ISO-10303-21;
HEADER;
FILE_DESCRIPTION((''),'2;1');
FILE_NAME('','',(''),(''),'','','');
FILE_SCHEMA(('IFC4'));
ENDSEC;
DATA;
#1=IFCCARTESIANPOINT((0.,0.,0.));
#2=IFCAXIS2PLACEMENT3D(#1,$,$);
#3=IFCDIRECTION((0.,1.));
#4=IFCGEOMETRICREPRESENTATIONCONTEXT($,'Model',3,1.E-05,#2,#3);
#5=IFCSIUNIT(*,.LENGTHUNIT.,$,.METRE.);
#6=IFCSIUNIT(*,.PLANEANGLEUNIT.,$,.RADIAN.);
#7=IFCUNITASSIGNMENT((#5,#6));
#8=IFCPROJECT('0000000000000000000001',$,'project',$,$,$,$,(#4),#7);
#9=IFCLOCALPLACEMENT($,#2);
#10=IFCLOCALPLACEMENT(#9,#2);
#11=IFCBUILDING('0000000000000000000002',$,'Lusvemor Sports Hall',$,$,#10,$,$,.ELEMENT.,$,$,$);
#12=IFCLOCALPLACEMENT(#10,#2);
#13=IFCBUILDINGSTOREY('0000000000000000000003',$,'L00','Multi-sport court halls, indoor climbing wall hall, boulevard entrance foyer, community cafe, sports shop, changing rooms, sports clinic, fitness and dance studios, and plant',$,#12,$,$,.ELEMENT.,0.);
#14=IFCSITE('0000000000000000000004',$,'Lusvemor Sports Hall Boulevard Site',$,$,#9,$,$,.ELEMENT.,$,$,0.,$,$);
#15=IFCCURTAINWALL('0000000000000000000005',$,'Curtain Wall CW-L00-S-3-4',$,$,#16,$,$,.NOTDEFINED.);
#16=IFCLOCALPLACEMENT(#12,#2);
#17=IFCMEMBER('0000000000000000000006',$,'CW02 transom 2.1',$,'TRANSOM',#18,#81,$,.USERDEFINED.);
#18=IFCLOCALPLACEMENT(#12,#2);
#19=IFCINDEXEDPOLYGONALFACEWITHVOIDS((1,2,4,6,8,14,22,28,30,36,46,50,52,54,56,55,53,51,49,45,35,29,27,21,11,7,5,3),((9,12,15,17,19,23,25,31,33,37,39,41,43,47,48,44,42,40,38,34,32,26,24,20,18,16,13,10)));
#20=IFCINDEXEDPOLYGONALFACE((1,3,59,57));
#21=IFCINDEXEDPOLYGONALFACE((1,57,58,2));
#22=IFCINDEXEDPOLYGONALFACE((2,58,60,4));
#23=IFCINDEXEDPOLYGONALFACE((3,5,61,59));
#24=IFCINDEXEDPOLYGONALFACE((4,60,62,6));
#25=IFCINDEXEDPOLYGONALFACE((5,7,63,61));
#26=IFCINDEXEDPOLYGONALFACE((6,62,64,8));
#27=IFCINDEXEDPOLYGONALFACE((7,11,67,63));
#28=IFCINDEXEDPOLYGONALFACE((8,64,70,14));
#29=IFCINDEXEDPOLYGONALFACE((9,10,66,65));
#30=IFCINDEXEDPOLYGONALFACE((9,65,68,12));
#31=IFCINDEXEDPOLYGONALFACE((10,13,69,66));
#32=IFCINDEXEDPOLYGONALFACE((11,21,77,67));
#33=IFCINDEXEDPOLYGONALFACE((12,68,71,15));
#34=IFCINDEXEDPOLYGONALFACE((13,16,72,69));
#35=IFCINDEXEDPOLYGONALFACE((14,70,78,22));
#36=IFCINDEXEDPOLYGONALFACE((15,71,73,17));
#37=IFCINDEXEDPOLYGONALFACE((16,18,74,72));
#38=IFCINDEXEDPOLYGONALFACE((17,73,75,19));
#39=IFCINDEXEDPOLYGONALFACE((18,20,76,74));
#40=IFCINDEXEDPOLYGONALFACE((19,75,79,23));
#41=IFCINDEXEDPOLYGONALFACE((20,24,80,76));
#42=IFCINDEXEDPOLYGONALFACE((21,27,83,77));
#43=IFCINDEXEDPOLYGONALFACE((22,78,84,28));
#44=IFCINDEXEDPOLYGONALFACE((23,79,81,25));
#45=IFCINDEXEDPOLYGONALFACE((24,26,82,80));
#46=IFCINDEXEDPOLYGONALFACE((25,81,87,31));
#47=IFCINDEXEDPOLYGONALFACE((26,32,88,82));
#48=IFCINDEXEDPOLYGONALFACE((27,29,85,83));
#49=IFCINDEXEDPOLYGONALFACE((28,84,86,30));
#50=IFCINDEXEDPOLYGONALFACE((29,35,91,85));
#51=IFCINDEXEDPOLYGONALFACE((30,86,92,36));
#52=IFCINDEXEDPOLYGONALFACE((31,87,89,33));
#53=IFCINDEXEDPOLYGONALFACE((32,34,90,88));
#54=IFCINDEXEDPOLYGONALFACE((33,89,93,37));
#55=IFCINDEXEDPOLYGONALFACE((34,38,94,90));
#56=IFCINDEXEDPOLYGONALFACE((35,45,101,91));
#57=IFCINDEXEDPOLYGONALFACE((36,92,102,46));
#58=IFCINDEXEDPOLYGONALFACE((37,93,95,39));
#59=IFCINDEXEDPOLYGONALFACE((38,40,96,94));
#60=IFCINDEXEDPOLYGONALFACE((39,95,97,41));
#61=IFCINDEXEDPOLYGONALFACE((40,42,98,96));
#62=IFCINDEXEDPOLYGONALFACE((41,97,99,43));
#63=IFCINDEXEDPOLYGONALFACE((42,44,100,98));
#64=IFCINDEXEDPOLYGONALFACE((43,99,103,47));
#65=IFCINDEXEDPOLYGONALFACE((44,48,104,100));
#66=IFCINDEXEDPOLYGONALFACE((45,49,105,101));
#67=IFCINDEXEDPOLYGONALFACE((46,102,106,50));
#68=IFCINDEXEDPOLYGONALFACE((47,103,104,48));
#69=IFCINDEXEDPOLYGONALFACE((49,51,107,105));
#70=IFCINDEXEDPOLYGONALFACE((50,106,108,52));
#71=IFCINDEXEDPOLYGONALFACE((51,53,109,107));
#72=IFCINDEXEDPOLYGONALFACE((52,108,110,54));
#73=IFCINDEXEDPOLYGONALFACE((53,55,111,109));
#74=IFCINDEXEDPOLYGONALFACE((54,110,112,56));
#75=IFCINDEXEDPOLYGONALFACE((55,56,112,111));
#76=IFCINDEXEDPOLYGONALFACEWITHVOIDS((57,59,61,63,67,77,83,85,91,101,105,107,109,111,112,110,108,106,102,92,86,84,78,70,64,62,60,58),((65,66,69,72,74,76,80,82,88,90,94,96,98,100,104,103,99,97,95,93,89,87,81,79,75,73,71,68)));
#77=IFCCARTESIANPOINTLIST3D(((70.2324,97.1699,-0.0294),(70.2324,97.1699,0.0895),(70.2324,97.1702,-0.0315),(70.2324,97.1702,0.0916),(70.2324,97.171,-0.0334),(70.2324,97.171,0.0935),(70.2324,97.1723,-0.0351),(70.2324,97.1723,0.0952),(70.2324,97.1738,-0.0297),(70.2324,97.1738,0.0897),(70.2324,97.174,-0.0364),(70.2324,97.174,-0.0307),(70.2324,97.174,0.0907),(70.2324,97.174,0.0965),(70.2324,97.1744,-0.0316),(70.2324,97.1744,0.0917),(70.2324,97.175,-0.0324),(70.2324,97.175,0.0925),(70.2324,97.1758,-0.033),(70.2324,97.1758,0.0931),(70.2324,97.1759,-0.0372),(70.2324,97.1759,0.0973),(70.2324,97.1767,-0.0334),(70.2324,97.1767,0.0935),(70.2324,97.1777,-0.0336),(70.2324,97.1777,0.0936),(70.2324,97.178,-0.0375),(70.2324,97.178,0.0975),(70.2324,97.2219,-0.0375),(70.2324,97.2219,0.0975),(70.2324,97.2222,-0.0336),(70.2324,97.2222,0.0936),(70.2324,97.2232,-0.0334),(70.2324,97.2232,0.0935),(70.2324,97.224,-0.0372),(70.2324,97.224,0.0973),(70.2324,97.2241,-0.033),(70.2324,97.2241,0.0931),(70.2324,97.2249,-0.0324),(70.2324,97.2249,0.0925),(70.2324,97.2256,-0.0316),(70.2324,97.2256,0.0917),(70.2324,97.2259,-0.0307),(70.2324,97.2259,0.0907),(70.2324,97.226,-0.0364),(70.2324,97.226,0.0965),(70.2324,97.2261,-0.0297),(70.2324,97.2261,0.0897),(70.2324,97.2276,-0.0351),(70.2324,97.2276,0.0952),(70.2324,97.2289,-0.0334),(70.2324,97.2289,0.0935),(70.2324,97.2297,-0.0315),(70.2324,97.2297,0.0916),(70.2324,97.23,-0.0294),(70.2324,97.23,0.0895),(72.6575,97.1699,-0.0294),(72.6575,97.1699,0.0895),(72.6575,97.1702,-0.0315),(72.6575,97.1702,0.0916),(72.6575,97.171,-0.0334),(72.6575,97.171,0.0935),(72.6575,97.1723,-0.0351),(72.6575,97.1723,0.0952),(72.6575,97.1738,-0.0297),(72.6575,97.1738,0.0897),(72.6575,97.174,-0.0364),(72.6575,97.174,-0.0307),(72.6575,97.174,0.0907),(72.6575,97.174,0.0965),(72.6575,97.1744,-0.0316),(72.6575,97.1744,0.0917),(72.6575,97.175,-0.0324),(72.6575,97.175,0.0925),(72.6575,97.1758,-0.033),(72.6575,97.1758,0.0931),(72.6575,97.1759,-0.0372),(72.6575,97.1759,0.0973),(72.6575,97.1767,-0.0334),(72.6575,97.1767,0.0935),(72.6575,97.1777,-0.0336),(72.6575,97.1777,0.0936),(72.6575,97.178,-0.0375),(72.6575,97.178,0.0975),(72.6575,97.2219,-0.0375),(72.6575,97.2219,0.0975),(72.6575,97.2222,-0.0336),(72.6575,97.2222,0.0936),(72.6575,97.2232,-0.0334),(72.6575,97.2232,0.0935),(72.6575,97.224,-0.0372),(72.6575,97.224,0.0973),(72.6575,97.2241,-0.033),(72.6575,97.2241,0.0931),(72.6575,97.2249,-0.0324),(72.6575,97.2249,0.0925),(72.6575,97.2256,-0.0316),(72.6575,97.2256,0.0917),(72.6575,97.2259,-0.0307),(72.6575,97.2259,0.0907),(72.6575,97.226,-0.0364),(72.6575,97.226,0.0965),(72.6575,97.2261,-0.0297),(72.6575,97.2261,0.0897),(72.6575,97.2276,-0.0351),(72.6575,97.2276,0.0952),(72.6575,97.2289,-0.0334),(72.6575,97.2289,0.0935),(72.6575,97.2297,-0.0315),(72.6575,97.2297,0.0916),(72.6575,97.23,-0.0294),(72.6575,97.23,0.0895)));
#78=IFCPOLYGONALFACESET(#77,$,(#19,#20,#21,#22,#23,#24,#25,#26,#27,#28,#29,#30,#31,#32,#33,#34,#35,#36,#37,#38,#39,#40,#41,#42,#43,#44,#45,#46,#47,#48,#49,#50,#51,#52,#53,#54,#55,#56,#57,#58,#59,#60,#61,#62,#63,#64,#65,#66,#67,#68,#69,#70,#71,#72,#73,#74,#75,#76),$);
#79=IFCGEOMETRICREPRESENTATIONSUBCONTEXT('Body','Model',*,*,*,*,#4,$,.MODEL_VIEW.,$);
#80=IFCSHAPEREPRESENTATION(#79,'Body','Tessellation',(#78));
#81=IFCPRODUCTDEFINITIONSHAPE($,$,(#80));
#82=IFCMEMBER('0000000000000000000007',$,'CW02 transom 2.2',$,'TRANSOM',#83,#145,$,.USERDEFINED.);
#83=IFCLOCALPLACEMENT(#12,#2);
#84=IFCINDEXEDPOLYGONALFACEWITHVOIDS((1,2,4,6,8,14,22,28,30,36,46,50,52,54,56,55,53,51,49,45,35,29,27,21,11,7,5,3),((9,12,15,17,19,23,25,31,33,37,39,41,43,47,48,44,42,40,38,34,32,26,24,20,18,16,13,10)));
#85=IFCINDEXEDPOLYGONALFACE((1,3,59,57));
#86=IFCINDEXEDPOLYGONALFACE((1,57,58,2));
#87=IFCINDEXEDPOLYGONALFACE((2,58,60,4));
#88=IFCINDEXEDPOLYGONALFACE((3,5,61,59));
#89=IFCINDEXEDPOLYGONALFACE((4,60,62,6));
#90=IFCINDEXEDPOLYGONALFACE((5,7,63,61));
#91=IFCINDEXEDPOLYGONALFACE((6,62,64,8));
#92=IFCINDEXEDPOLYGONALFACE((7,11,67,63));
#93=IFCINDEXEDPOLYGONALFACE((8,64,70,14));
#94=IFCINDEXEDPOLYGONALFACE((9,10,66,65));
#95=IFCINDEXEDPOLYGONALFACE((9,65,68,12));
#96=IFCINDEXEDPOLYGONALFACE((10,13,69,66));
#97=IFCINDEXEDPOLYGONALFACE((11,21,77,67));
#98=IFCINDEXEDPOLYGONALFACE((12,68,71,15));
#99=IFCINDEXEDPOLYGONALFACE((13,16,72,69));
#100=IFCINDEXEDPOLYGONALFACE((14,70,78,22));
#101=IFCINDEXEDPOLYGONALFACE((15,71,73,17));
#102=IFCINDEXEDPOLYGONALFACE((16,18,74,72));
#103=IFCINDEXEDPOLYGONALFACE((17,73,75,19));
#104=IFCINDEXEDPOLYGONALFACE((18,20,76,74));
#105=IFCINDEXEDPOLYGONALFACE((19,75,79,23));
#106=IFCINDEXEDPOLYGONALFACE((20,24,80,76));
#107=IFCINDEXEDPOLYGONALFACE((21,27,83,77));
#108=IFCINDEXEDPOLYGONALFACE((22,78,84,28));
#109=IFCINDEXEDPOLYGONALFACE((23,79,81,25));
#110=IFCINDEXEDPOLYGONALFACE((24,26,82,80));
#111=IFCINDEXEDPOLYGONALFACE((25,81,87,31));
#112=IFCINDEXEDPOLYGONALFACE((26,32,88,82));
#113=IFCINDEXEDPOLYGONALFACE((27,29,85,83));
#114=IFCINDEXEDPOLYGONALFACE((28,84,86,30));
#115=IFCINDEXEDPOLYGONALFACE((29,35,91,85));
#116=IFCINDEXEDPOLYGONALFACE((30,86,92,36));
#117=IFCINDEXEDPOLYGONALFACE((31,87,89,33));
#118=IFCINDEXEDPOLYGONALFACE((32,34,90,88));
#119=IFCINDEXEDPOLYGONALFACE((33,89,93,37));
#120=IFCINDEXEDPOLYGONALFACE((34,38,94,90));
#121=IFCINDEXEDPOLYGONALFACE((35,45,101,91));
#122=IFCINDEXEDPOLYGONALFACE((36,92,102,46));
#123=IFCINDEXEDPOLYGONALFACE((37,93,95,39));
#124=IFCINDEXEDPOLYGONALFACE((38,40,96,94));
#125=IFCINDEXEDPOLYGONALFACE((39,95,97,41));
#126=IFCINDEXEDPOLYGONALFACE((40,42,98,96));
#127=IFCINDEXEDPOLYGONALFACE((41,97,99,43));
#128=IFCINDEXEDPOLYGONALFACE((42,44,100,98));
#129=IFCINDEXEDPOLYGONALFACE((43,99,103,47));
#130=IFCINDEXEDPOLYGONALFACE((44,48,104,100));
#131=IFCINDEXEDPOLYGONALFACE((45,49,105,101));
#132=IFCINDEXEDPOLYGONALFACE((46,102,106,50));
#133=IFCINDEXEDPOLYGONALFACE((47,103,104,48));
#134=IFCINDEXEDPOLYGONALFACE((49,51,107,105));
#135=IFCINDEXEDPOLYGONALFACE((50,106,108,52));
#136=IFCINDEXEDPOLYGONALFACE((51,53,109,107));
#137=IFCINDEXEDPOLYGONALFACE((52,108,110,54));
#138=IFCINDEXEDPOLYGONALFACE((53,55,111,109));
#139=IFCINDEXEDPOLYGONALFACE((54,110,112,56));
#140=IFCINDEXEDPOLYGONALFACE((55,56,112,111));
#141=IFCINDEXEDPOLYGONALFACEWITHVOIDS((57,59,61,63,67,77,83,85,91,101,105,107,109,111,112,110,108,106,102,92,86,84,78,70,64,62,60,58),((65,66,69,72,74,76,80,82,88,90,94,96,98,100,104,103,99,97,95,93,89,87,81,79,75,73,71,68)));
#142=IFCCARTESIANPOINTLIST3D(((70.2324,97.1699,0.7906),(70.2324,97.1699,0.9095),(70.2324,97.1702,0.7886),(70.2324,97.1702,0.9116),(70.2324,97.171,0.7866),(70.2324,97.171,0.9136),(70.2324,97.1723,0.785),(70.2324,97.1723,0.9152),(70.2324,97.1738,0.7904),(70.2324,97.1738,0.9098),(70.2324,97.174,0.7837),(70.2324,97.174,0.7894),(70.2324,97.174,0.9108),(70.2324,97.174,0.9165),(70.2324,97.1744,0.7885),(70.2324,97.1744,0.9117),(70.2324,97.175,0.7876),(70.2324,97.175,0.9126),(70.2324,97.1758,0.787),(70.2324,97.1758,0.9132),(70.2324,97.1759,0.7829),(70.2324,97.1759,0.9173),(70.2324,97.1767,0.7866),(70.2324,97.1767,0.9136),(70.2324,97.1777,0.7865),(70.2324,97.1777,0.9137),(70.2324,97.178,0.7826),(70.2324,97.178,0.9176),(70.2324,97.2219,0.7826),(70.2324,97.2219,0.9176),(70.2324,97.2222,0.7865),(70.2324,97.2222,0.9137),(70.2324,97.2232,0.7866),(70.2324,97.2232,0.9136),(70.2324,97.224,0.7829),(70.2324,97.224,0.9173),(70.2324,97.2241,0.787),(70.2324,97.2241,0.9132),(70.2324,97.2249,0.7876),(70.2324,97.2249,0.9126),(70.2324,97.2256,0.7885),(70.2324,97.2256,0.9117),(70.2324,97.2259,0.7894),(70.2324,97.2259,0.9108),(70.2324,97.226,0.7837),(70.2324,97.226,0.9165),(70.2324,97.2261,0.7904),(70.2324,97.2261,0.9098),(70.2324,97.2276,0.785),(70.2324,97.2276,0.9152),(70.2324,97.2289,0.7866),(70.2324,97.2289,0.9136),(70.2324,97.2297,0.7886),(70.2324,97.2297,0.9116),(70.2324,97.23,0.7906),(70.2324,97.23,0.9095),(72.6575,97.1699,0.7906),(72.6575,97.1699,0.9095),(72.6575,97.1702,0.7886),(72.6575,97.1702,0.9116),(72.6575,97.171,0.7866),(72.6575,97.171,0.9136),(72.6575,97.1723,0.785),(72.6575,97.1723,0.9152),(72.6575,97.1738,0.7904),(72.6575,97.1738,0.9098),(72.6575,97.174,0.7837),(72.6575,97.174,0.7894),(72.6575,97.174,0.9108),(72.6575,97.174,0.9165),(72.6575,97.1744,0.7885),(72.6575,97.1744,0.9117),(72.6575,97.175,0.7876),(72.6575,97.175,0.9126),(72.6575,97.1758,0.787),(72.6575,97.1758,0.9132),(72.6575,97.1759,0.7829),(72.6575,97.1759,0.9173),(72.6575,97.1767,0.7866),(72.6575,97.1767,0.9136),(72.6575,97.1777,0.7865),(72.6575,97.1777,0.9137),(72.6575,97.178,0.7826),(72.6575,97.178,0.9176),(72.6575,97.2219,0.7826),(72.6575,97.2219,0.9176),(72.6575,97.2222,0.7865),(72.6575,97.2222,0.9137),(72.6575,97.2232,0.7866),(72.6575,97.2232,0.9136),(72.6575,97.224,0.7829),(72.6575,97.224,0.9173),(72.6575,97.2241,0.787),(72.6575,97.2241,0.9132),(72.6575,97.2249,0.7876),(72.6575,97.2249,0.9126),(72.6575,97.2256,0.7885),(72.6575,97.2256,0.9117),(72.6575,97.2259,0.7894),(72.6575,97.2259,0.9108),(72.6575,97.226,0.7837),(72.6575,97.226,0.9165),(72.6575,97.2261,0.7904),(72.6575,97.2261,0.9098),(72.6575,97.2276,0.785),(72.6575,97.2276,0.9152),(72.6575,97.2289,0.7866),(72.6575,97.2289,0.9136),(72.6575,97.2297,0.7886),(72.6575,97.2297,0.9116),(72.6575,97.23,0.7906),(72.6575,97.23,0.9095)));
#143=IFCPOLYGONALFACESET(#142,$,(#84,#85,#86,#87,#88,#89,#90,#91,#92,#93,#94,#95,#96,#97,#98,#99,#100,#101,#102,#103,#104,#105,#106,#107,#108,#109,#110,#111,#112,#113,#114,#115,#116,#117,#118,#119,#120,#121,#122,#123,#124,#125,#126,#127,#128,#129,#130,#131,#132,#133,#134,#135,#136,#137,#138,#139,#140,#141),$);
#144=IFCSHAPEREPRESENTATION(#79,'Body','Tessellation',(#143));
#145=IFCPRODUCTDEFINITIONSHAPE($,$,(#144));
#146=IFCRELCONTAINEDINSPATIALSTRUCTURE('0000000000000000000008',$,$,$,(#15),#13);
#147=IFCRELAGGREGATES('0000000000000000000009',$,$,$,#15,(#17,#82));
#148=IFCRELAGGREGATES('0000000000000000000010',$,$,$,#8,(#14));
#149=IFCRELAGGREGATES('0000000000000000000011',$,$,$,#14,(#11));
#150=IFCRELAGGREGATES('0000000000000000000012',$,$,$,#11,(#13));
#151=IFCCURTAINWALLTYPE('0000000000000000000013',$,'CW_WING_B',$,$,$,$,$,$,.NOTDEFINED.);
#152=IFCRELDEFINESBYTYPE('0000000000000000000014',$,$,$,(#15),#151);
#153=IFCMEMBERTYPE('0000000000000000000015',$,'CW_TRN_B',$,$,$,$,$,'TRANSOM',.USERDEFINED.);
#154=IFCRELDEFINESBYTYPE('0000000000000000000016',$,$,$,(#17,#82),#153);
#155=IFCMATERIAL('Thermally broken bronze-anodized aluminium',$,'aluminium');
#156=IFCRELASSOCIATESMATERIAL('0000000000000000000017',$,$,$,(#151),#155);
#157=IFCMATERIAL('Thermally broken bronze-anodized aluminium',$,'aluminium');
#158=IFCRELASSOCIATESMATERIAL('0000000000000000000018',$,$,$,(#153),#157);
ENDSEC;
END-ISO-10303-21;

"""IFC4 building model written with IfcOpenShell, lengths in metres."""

from ifc_helpers import new_model, si_unit, direction, frame, origin, origin_2d, place, context, subcontext, project, spatial, hollow_rectangle, extrude, material, material_profile, profile_set, type_object, element, aggregate, save


model = new_model("IFC4")

# Units and contexts
model_context = context("Model", 3, precision=1e-05, world=origin(), true_north=direction((0.0, 1.0)))
body_context = subcontext(model_context, "Body", "Model", "MODEL_VIEW")
ifc_project = project(units=[si_unit("LENGTHUNIT", "METRE"), si_unit("PLANEANGLEUNIT", "RADIAN")], contexts=[model_context])

# Site, building, storey
site_placement = place(None, origin())
site = spatial("IfcSite", under=ifc_project, at=site_placement, Name="Lusvemor Sports Hall Boulevard Site", CompositionType="ELEMENT", RefElevation=0.0)
building_placement = place(site_placement, origin())
building = spatial("IfcBuilding", under=site, at=building_placement, Name="Lusvemor Sports Hall", CompositionType="ELEMENT")
storey_placement = place(building_placement, origin())
storey = spatial("IfcBuildingStorey", under=building, at=storey_placement, Name="L00", Description="Multi-sport court halls, indoor climbing wall hall, boulevard entrance foyer, community cafe, sports shop, changing rooms, sports clinic, fitness and dance studios, and plant", CompositionType="ELEMENT", Elevation=0.0)

# Curtain wall, members
ifc_material_1 = material(Name="Thermally broken bronze-anodized aluminium", Category="aluminium")
curtain_wall_type = type_object("IfcCurtainWallType", Name="CW_WING_B", PredefinedType="NOTDEFINED", material=ifc_material_1)
curtain_wall_placement = place(storey_placement, origin())
curtain_wall = element("IfcCurtainWall", 1, at=curtain_wall_placement, inside=storey, type_object=curtain_wall_type, Name="Curtain Wall CW-L00-S-3-4", PredefinedType="NOTDEFINED")
ifc_material_2 = material(Name="Thermally broken bronze-anodized aluminium", Category="aluminium")
ifc_material_profile_1 = material_profile(ifc_material_2, hollow_rectangle(XDim=0.0601, YDim=0.135, WallThickness=0.0039, InnerFilletRadius=0.0039, OuterFilletRadius=0.0081, at=origin_2d()), Name="CWTRN135x60x4")
ifc_profile_set_1 = profile_set([ifc_material_profile_1], Name="Thermally broken bronze-anodized aluminium")
member_type_1 = type_object("IfcMemberType", Name="CW_TRN_B", ElementType="TRANSOM", PredefinedType="USERDEFINED", material=ifc_profile_set_1)
member_1_placement = place(storey_placement, frame((72.6575, 97.2, 0.03), z_axis=(-1.0, 0.0, 0.0), x_axis=(0.0, -1.0, 0.0)))
member_1 = element("IfcMember", 2, at=member_1_placement, type_object=member_type_1, Name="CW02 transom 2.1", ObjectType="TRANSOM", PredefinedType="USERDEFINED", context=body_context, shape_type="SweptSolid", body=[
    extrude(hollow_rectangle(XDim=0.0601, YDim=0.135, WallThickness=0.0039, InnerFilletRadius=0.0039, OuterFilletRadius=0.0081, at=origin_2d()), origin(), (0.0, 0.0, 1.0), 2.425),
])
member_2_placement = place(storey_placement, frame((72.6575, 97.2, 0.8501), z_axis=(-1.0, 0.0, 0.0), x_axis=(0.0, -1.0, 0.0)))
member_2 = element("IfcMember", 3, at=member_2_placement, type_object=member_type_1, Name="CW02 transom 2.2", ObjectType="TRANSOM", PredefinedType="USERDEFINED", context=body_context, shape_type="SweptSolid", body=[
    extrude(hollow_rectangle(XDim=0.0601, YDim=0.135, WallThickness=0.0039, InnerFilletRadius=0.0039, OuterFilletRadius=0.0081, at=origin_2d()), origin(), (0.0, 0.0, 1.0), 2.425),
])
aggregate(curtain_wall, [member_1, member_2])

save(model, "model.ifc")
